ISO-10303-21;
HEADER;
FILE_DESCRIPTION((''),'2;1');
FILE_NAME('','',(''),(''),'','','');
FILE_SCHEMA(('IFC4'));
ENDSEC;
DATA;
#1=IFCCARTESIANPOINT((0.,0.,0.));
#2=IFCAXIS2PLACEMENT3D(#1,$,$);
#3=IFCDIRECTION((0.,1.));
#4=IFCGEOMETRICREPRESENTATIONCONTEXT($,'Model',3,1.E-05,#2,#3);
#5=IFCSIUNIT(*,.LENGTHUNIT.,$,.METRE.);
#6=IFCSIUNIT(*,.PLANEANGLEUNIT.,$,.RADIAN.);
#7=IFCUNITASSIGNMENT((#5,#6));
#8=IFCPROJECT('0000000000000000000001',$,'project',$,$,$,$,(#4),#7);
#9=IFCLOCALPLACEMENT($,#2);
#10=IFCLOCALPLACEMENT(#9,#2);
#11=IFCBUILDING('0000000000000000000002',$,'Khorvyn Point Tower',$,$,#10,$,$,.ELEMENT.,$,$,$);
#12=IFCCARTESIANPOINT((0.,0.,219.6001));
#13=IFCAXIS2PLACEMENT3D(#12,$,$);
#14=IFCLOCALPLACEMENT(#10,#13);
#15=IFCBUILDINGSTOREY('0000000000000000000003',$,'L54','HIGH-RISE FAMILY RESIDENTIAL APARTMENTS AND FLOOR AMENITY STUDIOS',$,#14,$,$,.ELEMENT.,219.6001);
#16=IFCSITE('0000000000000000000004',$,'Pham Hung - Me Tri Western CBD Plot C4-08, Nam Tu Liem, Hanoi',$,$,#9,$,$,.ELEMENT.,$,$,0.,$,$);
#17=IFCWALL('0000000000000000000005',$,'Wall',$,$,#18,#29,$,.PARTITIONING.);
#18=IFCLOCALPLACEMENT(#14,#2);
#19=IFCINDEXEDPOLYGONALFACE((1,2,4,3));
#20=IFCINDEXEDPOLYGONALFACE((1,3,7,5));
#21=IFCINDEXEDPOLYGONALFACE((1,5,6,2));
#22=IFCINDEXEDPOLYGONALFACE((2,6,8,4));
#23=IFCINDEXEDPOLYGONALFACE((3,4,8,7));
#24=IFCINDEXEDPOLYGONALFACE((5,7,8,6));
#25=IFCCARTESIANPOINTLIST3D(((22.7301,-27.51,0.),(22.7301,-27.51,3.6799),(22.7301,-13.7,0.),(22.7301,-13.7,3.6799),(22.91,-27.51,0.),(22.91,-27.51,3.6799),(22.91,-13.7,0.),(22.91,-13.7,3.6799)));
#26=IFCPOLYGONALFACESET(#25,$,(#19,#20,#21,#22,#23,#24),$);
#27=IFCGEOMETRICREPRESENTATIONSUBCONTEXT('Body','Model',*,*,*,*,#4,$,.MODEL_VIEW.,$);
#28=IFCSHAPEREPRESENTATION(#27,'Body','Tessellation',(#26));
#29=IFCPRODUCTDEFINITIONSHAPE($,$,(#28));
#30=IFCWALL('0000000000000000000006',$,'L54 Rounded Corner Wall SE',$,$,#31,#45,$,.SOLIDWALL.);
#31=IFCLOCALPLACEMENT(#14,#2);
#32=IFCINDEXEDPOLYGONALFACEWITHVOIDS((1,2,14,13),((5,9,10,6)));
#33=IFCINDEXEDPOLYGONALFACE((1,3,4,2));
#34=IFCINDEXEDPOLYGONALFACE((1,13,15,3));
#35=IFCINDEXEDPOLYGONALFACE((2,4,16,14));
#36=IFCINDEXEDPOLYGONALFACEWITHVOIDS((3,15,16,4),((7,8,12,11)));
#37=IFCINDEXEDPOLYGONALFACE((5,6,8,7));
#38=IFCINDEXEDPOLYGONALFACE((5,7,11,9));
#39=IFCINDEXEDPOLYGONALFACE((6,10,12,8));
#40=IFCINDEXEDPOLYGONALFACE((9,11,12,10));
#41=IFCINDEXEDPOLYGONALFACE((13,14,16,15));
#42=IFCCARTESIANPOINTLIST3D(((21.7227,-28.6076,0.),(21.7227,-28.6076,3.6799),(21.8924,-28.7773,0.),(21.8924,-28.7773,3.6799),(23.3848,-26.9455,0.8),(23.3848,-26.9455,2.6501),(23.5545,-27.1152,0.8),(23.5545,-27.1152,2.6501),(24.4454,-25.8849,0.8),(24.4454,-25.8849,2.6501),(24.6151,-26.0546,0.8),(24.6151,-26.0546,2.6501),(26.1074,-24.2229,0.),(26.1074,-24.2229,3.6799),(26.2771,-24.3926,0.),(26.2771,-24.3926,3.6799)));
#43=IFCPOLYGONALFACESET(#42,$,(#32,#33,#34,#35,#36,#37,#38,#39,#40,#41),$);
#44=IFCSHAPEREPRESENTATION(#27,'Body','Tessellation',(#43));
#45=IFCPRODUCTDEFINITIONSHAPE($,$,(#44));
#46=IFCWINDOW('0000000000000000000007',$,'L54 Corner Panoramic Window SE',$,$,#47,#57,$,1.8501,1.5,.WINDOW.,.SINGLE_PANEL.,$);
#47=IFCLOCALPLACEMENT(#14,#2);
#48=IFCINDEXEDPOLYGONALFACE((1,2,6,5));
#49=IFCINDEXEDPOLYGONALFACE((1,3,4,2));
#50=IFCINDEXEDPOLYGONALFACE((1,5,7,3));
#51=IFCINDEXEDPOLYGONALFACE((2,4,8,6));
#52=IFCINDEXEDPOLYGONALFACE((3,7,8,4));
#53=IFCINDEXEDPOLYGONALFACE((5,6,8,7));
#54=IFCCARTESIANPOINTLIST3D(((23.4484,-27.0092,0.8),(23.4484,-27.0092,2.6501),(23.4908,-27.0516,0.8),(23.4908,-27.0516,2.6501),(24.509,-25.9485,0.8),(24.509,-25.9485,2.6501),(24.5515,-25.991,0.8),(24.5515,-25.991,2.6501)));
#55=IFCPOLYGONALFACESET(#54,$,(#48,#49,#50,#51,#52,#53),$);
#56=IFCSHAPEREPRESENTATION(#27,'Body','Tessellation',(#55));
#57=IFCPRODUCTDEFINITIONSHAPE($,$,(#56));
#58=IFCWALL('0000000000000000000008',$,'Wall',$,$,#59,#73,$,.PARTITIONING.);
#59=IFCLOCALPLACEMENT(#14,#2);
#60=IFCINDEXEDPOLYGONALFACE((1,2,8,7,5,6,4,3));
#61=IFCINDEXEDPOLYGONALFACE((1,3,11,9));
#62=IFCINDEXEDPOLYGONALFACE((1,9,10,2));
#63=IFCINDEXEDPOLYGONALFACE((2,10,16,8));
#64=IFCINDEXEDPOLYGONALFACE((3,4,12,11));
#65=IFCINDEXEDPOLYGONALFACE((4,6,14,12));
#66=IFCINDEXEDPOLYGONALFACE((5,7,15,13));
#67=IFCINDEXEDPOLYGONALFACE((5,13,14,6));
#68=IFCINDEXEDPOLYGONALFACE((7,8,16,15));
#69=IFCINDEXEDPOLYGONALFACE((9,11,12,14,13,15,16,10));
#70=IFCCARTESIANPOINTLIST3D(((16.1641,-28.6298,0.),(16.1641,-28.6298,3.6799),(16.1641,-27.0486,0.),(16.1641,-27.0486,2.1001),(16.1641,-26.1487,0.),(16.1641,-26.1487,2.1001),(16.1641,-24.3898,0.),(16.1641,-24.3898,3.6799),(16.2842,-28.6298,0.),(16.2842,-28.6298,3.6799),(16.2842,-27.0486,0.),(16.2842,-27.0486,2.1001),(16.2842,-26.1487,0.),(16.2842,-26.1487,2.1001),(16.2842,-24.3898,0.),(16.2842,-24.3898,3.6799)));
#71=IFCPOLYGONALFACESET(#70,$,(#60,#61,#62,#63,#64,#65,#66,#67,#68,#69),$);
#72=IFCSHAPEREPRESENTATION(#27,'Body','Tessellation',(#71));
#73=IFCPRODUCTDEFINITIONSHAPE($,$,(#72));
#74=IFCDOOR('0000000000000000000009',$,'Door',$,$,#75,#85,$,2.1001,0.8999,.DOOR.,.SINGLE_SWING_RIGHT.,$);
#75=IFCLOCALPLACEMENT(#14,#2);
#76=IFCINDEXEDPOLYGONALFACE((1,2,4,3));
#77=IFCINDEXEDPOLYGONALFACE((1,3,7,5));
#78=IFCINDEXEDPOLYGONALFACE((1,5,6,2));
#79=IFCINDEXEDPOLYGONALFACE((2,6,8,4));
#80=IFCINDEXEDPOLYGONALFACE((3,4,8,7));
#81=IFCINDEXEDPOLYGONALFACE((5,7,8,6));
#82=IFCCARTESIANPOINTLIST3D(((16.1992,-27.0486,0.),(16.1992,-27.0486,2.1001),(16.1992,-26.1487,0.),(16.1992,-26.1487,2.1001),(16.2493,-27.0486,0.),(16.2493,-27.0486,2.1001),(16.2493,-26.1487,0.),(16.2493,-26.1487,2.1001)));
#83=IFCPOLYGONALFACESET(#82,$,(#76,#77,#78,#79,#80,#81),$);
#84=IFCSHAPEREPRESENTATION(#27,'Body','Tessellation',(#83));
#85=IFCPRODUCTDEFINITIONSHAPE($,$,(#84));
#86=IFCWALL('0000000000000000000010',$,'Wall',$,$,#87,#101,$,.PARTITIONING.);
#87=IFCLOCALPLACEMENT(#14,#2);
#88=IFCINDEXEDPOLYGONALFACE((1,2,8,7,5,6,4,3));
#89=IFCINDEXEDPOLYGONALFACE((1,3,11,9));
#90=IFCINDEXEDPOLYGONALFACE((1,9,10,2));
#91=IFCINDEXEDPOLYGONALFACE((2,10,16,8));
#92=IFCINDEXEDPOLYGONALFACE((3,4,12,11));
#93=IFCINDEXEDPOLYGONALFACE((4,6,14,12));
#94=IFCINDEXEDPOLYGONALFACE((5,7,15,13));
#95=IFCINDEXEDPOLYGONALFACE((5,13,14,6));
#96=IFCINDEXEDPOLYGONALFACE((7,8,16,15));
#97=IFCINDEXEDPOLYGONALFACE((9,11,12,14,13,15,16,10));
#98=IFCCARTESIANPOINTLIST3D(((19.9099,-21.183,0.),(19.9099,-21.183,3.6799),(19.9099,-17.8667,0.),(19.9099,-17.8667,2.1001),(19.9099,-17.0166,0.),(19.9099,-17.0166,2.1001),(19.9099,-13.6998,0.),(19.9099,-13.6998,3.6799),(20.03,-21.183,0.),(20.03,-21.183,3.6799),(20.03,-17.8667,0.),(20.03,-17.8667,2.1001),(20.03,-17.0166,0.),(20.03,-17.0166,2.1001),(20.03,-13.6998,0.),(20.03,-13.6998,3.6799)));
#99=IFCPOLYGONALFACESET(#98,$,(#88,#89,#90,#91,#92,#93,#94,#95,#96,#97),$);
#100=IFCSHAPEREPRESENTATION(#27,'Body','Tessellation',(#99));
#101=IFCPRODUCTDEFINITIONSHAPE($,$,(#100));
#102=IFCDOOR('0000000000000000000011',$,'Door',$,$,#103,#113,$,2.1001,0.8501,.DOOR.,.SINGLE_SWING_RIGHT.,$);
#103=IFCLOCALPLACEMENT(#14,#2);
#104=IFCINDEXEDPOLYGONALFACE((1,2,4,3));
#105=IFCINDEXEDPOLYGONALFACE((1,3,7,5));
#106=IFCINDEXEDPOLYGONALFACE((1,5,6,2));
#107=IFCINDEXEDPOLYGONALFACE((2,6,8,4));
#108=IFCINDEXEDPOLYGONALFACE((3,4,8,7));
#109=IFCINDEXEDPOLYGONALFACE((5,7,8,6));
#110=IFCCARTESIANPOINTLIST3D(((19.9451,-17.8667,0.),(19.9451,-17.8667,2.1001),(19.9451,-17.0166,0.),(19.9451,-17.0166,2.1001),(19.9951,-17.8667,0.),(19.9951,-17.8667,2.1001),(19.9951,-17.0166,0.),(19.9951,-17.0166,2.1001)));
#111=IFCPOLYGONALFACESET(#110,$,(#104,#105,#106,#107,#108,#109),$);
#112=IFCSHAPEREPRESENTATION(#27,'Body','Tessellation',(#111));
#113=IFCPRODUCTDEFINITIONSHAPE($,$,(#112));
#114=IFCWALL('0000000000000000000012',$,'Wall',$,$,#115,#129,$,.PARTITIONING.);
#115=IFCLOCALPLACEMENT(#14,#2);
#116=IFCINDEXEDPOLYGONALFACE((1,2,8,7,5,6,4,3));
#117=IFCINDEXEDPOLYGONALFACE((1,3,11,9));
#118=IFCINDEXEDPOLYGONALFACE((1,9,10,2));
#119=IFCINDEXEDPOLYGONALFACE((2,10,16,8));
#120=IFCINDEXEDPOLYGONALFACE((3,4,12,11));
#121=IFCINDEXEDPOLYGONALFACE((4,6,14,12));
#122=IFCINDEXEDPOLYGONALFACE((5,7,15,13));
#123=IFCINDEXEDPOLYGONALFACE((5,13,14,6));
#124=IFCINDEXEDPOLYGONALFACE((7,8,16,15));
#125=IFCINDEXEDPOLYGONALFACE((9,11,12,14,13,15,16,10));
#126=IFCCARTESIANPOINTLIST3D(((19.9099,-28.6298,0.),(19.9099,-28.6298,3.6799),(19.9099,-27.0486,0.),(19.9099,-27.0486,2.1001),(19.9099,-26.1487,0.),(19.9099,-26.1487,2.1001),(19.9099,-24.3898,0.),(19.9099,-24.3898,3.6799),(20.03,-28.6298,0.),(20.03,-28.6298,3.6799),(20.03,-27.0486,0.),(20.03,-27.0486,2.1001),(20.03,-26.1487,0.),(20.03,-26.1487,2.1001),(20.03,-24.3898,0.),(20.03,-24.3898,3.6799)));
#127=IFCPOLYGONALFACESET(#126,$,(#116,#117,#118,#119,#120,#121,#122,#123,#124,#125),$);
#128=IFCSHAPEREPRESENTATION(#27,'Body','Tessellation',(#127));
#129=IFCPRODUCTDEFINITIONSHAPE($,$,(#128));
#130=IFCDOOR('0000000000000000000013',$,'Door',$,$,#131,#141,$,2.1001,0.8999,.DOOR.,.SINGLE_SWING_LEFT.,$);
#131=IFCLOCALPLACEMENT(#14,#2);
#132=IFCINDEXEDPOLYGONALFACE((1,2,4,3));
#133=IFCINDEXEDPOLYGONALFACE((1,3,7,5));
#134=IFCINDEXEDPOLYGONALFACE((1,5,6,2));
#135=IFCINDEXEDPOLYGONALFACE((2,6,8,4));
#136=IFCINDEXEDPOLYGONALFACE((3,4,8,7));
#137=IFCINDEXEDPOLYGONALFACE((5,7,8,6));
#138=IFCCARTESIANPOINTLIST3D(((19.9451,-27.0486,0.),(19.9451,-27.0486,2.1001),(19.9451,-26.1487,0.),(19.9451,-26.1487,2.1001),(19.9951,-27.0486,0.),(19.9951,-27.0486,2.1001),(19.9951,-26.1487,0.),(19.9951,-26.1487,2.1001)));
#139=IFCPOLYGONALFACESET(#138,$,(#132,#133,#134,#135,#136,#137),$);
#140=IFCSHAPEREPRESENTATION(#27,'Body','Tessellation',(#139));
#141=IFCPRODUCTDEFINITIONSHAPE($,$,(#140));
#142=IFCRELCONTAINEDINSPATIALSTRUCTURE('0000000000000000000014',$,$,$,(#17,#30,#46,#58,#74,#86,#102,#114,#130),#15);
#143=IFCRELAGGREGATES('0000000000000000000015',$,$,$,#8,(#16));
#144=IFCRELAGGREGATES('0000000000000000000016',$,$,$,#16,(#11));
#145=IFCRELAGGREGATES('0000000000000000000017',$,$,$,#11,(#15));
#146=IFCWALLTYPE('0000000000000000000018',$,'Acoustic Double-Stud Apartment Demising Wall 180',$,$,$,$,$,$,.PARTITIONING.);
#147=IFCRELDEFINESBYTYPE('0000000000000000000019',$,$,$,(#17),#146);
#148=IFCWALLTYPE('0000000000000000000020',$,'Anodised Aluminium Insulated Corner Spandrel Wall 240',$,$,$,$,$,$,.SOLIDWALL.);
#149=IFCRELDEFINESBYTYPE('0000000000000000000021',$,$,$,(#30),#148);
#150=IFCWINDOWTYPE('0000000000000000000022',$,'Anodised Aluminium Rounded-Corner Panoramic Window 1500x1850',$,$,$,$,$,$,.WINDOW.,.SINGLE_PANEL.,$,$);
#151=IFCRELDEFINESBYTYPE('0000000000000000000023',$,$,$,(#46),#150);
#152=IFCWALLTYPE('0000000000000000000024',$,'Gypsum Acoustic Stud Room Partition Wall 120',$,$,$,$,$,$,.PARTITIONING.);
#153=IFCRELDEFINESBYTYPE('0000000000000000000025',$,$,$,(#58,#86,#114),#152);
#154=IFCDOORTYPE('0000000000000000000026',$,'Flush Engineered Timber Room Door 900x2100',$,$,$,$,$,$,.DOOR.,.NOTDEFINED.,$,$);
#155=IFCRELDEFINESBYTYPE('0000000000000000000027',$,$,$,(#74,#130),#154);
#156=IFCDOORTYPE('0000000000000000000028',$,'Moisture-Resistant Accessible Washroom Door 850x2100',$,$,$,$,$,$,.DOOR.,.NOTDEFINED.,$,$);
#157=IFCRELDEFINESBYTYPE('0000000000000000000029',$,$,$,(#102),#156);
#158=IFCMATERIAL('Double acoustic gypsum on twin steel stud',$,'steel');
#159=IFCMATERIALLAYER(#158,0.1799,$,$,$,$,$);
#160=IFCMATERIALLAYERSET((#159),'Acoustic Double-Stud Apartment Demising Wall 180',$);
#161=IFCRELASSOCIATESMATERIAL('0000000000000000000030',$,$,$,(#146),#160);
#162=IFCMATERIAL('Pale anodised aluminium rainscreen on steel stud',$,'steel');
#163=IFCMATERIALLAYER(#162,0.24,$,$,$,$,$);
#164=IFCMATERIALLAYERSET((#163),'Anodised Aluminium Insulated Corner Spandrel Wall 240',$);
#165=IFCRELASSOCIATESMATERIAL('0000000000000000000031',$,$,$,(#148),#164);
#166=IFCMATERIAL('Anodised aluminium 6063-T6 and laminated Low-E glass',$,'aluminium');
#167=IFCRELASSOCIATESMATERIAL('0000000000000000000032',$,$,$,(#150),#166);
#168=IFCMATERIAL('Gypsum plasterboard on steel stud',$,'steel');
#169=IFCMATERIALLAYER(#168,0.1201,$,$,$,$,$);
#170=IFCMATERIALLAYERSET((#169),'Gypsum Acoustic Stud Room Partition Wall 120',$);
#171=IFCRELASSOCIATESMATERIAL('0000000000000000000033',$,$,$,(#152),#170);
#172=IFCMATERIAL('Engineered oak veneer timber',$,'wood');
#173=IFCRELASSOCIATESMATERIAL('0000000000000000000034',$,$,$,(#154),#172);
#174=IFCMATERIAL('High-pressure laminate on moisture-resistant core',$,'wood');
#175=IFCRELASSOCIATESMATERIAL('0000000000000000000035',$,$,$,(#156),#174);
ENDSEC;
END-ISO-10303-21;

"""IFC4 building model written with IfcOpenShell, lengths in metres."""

from ifc_helpers import new_model, si_unit, direction, frame, frame_2d, origin, place, context, subcontext, project, spatial, rectangle, extrude, material, layer, layer_set, type_object, element, fill, save


model = new_model("IFC4")

# Units and contexts
model_context = context("Model", 3, precision=1e-05, world=origin(), true_north=direction((0.0, 1.0)))
body_context = subcontext(model_context, "Body", "Model", "MODEL_VIEW")
ifc_project = project(units=[si_unit("LENGTHUNIT", "METRE"), si_unit("PLANEANGLEUNIT", "RADIAN")], contexts=[model_context])

# Site, building, storey
site_placement = place(None, origin())
site = spatial("IfcSite", under=ifc_project, at=site_placement, Name="Pham Hung - Me Tri Western CBD Plot C4-08, Nam Tu Liem, Hanoi", CompositionType="ELEMENT", RefElevation=0.0)
building_placement = place(site_placement, origin())
building = spatial("IfcBuilding", under=site, at=building_placement, Name="Khorvyn Point Tower", CompositionType="ELEMENT")
storey_placement = place(building_placement, frame((0.0, 0.0, 219.6001)))
storey = spatial("IfcBuildingStorey", under=building, at=storey_placement, Name="L54", Description="HIGH-RISE FAMILY RESIDENTIAL APARTMENTS AND FLOOR AMENITY STUDIOS", CompositionType="ELEMENT", Elevation=219.6001)

# Shared definitions
ifc_material_1 = material(Name="Anodised aluminium 6063-T6 and laminated Low-E glass", Category="aluminium")

# Wall
ifc_material_2 = material(Name="Double acoustic gypsum on twin steel stud", Category="steel")
ifc_layer_1 = layer(ifc_material_2, 0.1799)
ifc_layer_set_1 = layer_set([ifc_layer_1], Name="Acoustic Double-Stud Apartment Demising Wall 180")
wall_type_1 = type_object("IfcWallType", Name="Acoustic Double-Stud Apartment Demising Wall 180", PredefinedType="PARTITIONING", material=ifc_layer_set_1)
wall_1_placement = place(storey_placement, frame((22.8201, -27.51, 0.0), z_axis=(0.0, 0.0, 1.0), x_axis=(0.0, 1.0, 0.0)))
element("IfcWall", 1, at=wall_1_placement, inside=storey, type_object=wall_type_1, Name="Wall", PredefinedType="PARTITIONING", context=body_context, shape_type="SweptSolid", body=[
    extrude(rectangle(XDim=13.8101, YDim=0.1799, at=frame_2d((6.905, 0.0))), origin(), (0.0, 0.0, 1.0), 3.6799),
])

# Wall, opening, window
ifc_material_3 = material(Name="Pale anodised aluminium rainscreen on steel stud", Category="steel")
ifc_layer_2 = layer(ifc_material_3, 0.24)
ifc_layer_set_2 = layer_set([ifc_layer_2], Name="Anodised Aluminium Insulated Corner Spandrel Wall 240")
wall_type_2 = type_object("IfcWallType", Name="Anodised Aluminium Insulated Corner Spandrel Wall 240", PredefinedType="SOLIDWALL", material=ifc_layer_set_2)
wall_2_placement = place(storey_placement, frame((26.1924, -24.3076, 0.0), z_axis=(0.0, 0.0, 1.0), x_axis=(-0.707107, -0.707107, 0.0)))
wall_2 = element("IfcWall", 2, at=wall_2_placement, inside=storey, type_object=wall_type_2, Name="L54 Rounded Corner Wall SE", PredefinedType="SOLIDWALL", context=body_context, shape_type="SweptSolid", body=[
    extrude(rectangle(XDim=6.2009, YDim=0.24, at=frame_2d((3.1006, 0.0))), origin(), (0.0, 0.0, 1.0), 3.6799),
])
opening_1_placement = place(wall_2_placement, frame((2.3506, 0.0, 0.8)))
opening_1 = element("IfcOpeningElement", 3, at=opening_1_placement, cuts=wall_2, PredefinedType="OPENING", context=body_context, shape_type="SweptSolid", body=[
    extrude(rectangle(XDim=1.5, YDim=1.8501, at=frame_2d((0.75, 0.925))), frame((0.0, 0.1299, 0.0), z_axis=(0.0, -1.0, 0.0), x_axis=(1.0, 0.0, 0.0)), (0.0, 0.0, 1.0), 0.26),
])
window_type = type_object("IfcWindowType", Name="Anodised Aluminium Rounded-Corner Panoramic Window 1500x1850", PartitioningType="SINGLE_PANEL", PredefinedType="WINDOW", material=ifc_material_1)
window_placement = place(opening_1_placement, origin())
window = element("IfcWindow", 4, at=window_placement, inside=storey, type_object=window_type, Name="L54 Corner Panoramic Window SE", OverallHeight=1.8501, OverallWidth=1.5, PartitioningType="SINGLE_PANEL", PredefinedType="WINDOW", context=body_context, shape_type="SweptSolid", body=[
    extrude(rectangle(XDim=1.5, YDim=1.8501, at=frame_2d((0.75, 0.925))), frame((0.0, 0.03, 0.0), z_axis=(0.0, -1.0, 0.0), x_axis=(1.0, 0.0, 0.0)), (0.0, 0.0, 1.0), 0.0601),
])
fill(opening_1, window)

# Walls, openings, doors
ifc_material_4 = material(Name="Gypsum plasterboard on steel stud", Category="steel")
ifc_layer_3 = layer(ifc_material_4, 0.1201)
ifc_layer_set_3 = layer_set([ifc_layer_3], Name="Gypsum Acoustic Stud Room Partition Wall 120")
wall_type_3 = type_object("IfcWallType", Name="Gypsum Acoustic Stud Room Partition Wall 120", PredefinedType="PARTITIONING", material=ifc_layer_set_3)
wall_3_placement = place(storey_placement, frame((16.2241, -28.6299, 0.0), z_axis=(0.0, 0.0, 1.0), x_axis=(0.0, 1.0, 0.0)))
wall_3 = element("IfcWall", 5, at=wall_3_placement, inside=storey, type_object=wall_type_3, Name="Wall", PredefinedType="PARTITIONING", context=body_context, shape_type="SweptSolid", body=[
    extrude(rectangle(XDim=4.24, YDim=0.1201, at=frame_2d((2.1201, 0.0))), origin(), (0.0, 0.0, 1.0), 3.6799),
])
opening_2_placement = place(wall_3_placement, frame((1.5813, 0.0, 0.0)))
opening_2 = element("IfcOpeningElement", 6, at=opening_2_placement, cuts=wall_3, PredefinedType="OPENING", context=body_context, shape_type="SweptSolid", body=[
    extrude(rectangle(XDim=0.8999, YDim=2.1001, at=frame_2d((0.45, 1.05))), frame((0.0, 0.0701, 0.0), z_axis=(0.0, -1.0, 0.0), x_axis=(1.0, 0.0, 0.0)), (0.0, 0.0, 1.0), 0.1401),
])
ifc_material_5 = material(Name="Engineered oak veneer timber", Category="wood")
door_type_1 = type_object("IfcDoorType", Name="Flush Engineered Timber Room Door 900x2100", OperationType="NOTDEFINED", PredefinedType="DOOR", material=ifc_material_5)
door_1_placement = place(opening_2_placement, origin())
door_1 = element("IfcDoor", 7, at=door_1_placement, inside=storey, type_object=door_type_1, Name="Door", OperationType="SINGLE_SWING_RIGHT", OverallHeight=2.1001, OverallWidth=0.8999, PredefinedType="DOOR", context=body_context, shape_type="SweptSolid", body=[
    extrude(rectangle(XDim=0.8999, YDim=2.1001, at=frame_2d((0.45, 1.05))), frame((0.0, 0.0249, 0.0), z_axis=(0.0, -1.0, 0.0), x_axis=(1.0, 0.0, 0.0)), (0.0, 0.0, 1.0), 0.05),
])
fill(opening_2, door_1)
wall_4_placement = place(storey_placement, frame((19.97, -21.1831, 0.0), z_axis=(0.0, 0.0, 1.0), x_axis=(0.0, 1.0, 0.0)))
wall_4 = element("IfcWall", 8, at=wall_4_placement, inside=storey, type_object=wall_type_3, Name="Wall", PredefinedType="PARTITIONING", context=body_context, shape_type="SweptSolid", body=[
    extrude(rectangle(XDim=7.4832, YDim=0.1201, at=frame_2d((3.7417, 0.0))), origin(), (0.0, 0.0, 1.0), 3.6799),
])
opening_3_placement = place(wall_4_placement, frame((3.3164, 0.0, 0.0)))
opening_3 = element("IfcOpeningElement", 9, at=opening_3_placement, cuts=wall_4, PredefinedType="OPENING", context=body_context, shape_type="SweptSolid", body=[
    extrude(rectangle(XDim=0.8501, YDim=2.1001, at=frame_2d((0.425, 1.05))), frame((0.0, 0.0701, 0.0), z_axis=(0.0, -1.0, 0.0), x_axis=(1.0, 0.0, 0.0)), (0.0, 0.0, 1.0), 0.1401),
])
ifc_material_6 = material(Name="High-pressure laminate on moisture-resistant core", Category="wood")
door_type_2 = type_object("IfcDoorType", Name="Moisture-Resistant Accessible Washroom Door 850x2100", OperationType="NOTDEFINED", PredefinedType="DOOR", material=ifc_material_6)
door_2_placement = place(opening_3_placement, origin())
door_2 = element("IfcDoor", 10, at=door_2_placement, inside=storey, type_object=door_type_2, Name="Door", OperationType="SINGLE_SWING_RIGHT", OverallHeight=2.1001, OverallWidth=0.8501, PredefinedType="DOOR", context=body_context, shape_type="SweptSolid", body=[
    extrude(rectangle(XDim=0.8501, YDim=2.1001, at=frame_2d((0.425, 1.05))), frame((0.0, 0.0249, 0.0), z_axis=(0.0, -1.0, 0.0), x_axis=(1.0, 0.0, 0.0)), (0.0, 0.0, 1.0), 0.05),
])
fill(opening_3, door_2)
wall_5_placement = place(storey_placement, frame((19.97, -28.6299, 0.0), z_axis=(0.0, 0.0, 1.0), x_axis=(0.0, 1.0, 0.0)))
wall_5 = element("IfcWall", 11, at=wall_5_placement, inside=storey, type_object=wall_type_3, Name="Wall", PredefinedType="PARTITIONING", context=body_context, shape_type="SweptSolid", body=[
    extrude(rectangle(XDim=4.24, YDim=0.1201, at=frame_2d((2.1201, 0.0))), origin(), (0.0, 0.0, 1.0), 3.6799),
])
opening_4_placement = place(wall_5_placement, frame((1.5813, 0.0, 0.0)))
opening_4 = element("IfcOpeningElement", 12, at=opening_4_placement, cuts=wall_5, PredefinedType="OPENING", context=body_context, shape_type="SweptSolid", body=[
    extrude(rectangle(XDim=0.8999, YDim=2.1001, at=frame_2d((0.45, 1.05))), frame((0.0, 0.0701, 0.0), z_axis=(0.0, -1.0, 0.0), x_axis=(1.0, 0.0, 0.0)), (0.0, 0.0, 1.0), 0.1401),
])
door_3_placement = place(opening_4_placement, origin())
door_3 = element("IfcDoor", 13, at=door_3_placement, inside=storey, type_object=door_type_1, Name="Door", OperationType="SINGLE_SWING_LEFT", OverallHeight=2.1001, OverallWidth=0.8999, PredefinedType="DOOR", context=body_context, shape_type="SweptSolid", body=[
    extrude(rectangle(XDim=0.8999, YDim=2.1001, at=frame_2d((0.45, 1.05))), frame((0.0, 0.0249, 0.0), z_axis=(0.0, -1.0, 0.0), x_axis=(1.0, 0.0, 0.0)), (0.0, 0.0, 1.0), 0.05),
])
fill(opening_4, door_3)

save(model, "model.ifc")
